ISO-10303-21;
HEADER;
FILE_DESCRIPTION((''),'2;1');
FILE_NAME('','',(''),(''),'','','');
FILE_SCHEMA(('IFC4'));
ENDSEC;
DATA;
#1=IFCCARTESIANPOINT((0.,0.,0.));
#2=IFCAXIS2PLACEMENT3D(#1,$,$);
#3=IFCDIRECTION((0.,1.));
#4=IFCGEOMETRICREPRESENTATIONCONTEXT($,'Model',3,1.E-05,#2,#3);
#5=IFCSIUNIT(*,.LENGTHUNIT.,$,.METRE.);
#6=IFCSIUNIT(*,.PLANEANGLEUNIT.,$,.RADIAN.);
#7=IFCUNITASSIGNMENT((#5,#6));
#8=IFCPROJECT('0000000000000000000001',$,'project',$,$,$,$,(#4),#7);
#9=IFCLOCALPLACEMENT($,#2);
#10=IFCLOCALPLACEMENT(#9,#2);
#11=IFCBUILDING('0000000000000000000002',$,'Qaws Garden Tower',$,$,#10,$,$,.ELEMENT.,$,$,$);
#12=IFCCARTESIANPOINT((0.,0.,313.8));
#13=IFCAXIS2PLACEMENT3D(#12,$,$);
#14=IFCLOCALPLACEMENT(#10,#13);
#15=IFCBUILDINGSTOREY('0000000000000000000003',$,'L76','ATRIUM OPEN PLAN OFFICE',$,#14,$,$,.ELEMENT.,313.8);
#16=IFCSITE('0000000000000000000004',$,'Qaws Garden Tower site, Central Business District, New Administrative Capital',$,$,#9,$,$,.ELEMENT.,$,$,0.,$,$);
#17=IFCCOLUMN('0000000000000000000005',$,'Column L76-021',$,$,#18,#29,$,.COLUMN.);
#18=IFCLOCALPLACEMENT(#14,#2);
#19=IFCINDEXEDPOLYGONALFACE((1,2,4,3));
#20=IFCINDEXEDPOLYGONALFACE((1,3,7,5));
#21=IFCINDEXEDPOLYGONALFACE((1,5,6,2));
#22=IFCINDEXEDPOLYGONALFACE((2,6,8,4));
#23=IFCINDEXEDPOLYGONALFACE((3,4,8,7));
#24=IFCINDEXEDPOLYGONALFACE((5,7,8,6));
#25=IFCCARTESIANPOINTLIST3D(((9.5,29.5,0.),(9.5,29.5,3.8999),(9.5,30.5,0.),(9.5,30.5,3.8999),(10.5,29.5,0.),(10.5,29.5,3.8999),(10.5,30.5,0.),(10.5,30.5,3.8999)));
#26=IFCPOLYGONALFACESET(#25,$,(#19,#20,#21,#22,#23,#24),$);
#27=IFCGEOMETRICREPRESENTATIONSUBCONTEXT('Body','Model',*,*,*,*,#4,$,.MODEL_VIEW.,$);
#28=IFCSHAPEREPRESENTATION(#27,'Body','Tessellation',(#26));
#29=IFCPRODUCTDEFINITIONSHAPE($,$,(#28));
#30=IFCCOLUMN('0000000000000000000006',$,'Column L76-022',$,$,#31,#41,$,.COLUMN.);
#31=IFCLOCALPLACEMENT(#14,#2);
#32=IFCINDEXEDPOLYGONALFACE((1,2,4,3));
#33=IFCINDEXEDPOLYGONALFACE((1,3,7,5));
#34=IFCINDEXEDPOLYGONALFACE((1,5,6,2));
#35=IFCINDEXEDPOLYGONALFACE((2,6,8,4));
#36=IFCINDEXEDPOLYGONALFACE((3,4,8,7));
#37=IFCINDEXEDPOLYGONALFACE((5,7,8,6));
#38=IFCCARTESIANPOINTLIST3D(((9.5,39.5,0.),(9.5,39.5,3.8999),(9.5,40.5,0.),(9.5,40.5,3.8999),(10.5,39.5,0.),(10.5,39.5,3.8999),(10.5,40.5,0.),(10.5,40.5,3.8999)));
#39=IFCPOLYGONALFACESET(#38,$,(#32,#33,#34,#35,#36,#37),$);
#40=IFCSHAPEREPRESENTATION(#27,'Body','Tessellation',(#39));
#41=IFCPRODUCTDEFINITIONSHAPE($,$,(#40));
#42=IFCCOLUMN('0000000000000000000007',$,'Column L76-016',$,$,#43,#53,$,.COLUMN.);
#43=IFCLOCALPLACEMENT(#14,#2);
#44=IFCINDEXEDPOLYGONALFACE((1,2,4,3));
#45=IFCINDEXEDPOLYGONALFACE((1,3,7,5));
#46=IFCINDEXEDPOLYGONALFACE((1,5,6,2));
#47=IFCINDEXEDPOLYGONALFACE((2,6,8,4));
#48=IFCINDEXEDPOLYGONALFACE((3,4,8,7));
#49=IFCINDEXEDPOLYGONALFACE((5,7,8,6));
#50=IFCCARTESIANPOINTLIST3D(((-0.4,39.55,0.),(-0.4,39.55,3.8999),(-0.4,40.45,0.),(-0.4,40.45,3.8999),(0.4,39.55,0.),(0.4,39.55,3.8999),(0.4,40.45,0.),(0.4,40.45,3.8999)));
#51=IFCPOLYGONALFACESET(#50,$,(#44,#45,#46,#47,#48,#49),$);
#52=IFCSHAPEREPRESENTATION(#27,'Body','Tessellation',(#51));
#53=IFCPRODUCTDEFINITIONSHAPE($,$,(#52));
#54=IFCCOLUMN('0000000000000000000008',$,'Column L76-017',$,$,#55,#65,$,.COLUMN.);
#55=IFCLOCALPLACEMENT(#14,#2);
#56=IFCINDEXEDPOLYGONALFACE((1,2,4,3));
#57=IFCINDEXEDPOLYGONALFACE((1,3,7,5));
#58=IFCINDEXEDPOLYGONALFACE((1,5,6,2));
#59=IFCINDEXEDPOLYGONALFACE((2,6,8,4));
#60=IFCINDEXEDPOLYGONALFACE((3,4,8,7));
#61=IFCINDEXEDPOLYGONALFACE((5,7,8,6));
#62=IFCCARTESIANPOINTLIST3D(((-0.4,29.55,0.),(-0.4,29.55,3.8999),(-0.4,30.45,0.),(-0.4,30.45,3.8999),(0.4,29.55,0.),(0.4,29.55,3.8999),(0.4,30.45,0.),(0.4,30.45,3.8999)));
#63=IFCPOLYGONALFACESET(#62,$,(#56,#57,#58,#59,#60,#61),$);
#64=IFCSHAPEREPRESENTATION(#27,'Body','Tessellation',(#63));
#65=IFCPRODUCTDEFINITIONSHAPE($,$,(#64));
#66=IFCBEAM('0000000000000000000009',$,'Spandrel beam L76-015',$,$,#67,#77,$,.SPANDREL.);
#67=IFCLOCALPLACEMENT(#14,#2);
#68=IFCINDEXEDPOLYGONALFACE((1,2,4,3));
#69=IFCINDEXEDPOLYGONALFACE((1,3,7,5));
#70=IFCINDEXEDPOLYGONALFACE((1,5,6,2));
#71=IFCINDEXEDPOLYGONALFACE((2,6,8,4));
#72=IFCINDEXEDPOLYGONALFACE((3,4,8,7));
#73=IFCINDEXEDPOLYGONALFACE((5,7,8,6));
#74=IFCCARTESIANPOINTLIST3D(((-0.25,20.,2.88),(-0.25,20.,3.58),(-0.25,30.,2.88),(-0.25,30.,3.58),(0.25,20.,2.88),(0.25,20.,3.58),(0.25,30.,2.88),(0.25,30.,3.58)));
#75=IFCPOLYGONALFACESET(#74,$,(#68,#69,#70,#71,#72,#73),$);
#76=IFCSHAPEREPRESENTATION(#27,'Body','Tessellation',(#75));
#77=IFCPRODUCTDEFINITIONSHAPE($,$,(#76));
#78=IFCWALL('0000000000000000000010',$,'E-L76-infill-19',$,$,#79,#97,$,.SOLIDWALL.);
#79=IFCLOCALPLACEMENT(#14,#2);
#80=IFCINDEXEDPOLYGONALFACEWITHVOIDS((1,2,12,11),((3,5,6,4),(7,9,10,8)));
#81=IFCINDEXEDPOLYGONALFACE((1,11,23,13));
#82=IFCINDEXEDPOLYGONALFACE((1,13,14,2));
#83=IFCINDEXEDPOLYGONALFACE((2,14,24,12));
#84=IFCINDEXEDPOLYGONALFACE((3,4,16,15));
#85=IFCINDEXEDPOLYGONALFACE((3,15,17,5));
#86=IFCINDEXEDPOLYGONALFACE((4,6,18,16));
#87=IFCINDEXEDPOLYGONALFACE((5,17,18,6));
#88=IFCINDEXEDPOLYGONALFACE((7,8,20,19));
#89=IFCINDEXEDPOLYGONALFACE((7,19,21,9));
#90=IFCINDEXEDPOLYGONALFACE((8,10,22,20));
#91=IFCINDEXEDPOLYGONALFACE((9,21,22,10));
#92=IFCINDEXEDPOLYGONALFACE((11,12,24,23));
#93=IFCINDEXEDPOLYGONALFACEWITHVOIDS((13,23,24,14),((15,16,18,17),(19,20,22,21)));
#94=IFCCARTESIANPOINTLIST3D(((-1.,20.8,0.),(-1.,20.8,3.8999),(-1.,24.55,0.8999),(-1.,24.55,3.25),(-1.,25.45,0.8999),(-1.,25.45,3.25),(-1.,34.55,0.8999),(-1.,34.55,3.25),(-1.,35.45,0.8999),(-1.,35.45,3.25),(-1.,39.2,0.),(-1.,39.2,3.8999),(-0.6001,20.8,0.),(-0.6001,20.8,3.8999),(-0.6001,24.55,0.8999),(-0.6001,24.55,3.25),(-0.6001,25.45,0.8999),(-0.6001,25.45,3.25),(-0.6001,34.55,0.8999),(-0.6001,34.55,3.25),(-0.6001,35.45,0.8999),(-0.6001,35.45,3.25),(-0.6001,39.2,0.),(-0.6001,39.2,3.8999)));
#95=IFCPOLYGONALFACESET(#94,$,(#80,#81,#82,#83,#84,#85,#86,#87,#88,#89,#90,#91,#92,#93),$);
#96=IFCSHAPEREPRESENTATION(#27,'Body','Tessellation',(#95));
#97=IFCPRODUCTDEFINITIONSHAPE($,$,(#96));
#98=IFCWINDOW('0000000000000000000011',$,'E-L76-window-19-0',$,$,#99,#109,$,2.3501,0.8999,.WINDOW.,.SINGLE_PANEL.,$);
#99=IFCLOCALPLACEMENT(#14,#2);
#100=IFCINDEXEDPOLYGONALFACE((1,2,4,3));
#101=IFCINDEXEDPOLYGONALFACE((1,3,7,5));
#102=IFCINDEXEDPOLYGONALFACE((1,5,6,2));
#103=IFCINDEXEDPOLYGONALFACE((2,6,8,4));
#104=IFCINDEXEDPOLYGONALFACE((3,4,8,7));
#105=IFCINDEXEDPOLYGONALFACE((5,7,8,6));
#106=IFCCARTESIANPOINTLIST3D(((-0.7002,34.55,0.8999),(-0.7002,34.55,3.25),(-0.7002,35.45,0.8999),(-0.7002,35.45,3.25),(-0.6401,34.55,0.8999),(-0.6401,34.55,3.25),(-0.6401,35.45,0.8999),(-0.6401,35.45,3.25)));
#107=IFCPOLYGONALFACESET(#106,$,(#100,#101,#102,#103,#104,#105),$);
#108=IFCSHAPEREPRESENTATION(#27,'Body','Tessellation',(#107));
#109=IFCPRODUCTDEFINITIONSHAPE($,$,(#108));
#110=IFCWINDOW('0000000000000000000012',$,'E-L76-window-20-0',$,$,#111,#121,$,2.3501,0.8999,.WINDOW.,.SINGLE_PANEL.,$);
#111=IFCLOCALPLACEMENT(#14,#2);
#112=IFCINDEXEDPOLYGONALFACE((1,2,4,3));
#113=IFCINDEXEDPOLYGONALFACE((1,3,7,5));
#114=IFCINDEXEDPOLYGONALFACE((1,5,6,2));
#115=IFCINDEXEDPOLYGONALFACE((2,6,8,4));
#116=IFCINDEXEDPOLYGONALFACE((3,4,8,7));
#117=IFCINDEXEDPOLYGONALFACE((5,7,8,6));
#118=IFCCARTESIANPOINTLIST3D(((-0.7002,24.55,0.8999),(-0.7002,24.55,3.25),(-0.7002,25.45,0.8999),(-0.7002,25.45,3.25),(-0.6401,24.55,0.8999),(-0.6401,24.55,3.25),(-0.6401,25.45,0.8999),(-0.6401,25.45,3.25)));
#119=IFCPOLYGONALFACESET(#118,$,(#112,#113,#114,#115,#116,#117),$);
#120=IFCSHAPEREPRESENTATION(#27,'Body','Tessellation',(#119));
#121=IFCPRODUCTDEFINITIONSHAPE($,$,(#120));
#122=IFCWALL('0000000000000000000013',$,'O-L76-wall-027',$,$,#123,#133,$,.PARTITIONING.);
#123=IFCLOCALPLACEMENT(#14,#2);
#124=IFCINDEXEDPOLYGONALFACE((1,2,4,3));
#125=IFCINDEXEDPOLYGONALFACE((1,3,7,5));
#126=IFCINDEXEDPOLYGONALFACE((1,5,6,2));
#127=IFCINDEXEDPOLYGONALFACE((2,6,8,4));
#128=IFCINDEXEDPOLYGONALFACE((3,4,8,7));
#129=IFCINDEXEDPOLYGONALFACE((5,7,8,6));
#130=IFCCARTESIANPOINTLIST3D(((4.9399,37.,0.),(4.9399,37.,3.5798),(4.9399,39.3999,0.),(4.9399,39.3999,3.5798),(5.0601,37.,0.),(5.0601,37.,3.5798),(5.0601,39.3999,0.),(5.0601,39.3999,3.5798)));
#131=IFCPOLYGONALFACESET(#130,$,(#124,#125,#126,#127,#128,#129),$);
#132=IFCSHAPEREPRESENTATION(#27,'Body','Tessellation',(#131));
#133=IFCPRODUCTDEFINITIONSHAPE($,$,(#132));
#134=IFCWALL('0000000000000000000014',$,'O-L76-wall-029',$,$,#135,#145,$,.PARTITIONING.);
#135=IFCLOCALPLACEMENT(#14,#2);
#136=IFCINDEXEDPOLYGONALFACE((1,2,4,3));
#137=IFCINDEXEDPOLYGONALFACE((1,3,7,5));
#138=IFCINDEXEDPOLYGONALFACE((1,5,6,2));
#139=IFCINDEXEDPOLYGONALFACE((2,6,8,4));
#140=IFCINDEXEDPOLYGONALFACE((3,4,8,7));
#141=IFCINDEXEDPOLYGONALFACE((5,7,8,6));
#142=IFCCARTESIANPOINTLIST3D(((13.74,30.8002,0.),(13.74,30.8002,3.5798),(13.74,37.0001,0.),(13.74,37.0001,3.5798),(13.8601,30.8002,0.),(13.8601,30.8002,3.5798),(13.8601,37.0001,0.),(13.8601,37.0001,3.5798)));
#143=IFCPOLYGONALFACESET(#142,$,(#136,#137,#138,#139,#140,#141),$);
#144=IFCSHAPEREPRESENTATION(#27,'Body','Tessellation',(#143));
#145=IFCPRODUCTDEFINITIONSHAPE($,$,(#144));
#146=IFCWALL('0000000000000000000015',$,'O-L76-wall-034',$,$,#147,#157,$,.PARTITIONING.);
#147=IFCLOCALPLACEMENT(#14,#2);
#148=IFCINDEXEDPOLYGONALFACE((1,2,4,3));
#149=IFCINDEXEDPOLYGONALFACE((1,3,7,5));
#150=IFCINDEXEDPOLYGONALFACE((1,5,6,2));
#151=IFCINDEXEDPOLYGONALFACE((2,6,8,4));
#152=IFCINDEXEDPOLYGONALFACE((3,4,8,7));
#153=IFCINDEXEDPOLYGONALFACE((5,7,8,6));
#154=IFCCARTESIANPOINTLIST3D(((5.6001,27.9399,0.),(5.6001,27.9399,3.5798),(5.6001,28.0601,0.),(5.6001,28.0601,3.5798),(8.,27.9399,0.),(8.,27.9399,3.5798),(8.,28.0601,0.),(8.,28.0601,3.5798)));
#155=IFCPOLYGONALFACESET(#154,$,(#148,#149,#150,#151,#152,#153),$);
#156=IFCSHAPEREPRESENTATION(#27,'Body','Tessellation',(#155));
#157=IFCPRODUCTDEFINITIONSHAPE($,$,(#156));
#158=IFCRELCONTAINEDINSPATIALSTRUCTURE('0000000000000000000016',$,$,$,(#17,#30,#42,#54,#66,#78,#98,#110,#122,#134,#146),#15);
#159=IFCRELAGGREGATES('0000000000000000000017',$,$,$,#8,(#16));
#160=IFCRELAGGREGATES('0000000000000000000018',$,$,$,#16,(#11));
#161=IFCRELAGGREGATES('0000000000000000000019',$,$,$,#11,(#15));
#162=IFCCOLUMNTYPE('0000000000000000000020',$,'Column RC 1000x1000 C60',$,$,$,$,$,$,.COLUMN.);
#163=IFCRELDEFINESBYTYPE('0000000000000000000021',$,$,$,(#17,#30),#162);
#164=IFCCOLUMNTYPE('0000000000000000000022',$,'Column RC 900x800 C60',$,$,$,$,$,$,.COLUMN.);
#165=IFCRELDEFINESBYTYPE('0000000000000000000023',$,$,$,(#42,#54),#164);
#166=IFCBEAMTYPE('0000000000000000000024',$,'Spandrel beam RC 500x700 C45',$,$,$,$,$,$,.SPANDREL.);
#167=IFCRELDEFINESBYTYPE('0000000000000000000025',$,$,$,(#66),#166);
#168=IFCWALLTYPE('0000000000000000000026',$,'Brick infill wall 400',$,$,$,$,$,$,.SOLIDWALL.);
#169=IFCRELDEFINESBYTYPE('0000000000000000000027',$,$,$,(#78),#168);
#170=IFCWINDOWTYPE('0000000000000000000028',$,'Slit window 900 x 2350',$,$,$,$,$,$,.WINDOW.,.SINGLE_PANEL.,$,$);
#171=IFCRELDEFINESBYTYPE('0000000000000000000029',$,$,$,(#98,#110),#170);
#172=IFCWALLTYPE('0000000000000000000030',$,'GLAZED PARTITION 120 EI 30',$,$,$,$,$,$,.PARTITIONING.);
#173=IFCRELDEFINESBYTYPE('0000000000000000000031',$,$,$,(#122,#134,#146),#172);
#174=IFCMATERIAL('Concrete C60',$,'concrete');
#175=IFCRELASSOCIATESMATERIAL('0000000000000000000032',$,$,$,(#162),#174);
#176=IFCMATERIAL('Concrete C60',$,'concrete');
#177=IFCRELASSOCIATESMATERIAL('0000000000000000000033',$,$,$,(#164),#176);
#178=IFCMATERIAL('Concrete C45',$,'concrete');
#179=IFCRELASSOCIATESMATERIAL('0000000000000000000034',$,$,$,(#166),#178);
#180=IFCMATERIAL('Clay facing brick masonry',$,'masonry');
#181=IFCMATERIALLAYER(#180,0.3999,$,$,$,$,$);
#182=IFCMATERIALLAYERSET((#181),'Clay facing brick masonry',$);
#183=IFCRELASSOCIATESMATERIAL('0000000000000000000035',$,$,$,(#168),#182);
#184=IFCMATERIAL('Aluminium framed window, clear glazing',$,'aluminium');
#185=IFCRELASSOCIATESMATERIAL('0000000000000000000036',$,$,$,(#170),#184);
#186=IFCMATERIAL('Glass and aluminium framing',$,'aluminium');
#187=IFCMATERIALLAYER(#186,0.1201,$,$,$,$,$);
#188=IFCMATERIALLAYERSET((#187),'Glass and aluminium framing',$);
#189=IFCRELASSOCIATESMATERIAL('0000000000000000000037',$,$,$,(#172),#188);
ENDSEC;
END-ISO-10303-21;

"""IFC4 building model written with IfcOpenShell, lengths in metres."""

from ifc_helpers import new_model, si_unit, direction, frame, frame_2d, origin, origin_2d, place, context, subcontext, project, spatial, rectangle, extrude, material, layer, layer_set, material_profile, profile_set, type_object, element, fill, save


model = new_model("IFC4")

# Units and contexts
model_context = context("Model", 3, precision=1e-05, world=origin(), true_north=direction((0.0, 1.0)))
body_context = subcontext(model_context, "Body", "Model", "MODEL_VIEW")
ifc_project = project(units=[si_unit("LENGTHUNIT", "METRE"), si_unit("PLANEANGLEUNIT", "RADIAN")], contexts=[model_context])

# Site, building, storey
site_placement = place(None, origin())
site = spatial("IfcSite", under=ifc_project, at=site_placement, Name="Qaws Garden Tower site, Central Business District, New Administrative Capital", CompositionType="ELEMENT", RefElevation=0.0)
building_placement = place(site_placement, origin())
building = spatial("IfcBuilding", under=site, at=building_placement, Name="Qaws Garden Tower", CompositionType="ELEMENT")
storey_placement = place(building_placement, frame((0.0, 0.0, 313.8)))
storey = spatial("IfcBuildingStorey", under=building, at=storey_placement, Name="L76", Description="ATRIUM OPEN PLAN OFFICE", CompositionType="ELEMENT", Elevation=313.8)

# Columns
ifc_material_1 = material(Name="Concrete C60", Category="concrete")
ifc_material_profile_1 = material_profile(ifc_material_1, rectangle(XDim=1.0, YDim=1.0, at=origin_2d()), Name="RC 1000x1000")
ifc_profile_set_1 = profile_set([ifc_material_profile_1], Name="Concrete C60")
column_type_1 = type_object("IfcColumnType", Name="Column RC 1000x1000 C60", PredefinedType="COLUMN", material=ifc_profile_set_1)
for number, where, z_axis, x_axis, name in (
    (1, (10.0, 30.0, 0.0), (0.0, 0.0, 1.0), (1.0, 0.0, 0.0), "Column L76-021"),
    (2, (10.0, 40.0, 0.0), (0.0, 0.0, 1.0), (1.0, 0.0, 0.0), "Column L76-022"),
):
    element("IfcColumn", number, at=place(storey_placement, frame(where, z_axis=z_axis, x_axis=x_axis)), inside=storey, type_object=column_type_1, Name=name, PredefinedType="COLUMN", context=body_context, shape_type="SweptSolid", body=[
        extrude(rectangle(XDim=1.0, YDim=1.0, at=origin_2d()), origin(), (0.0, 0.0, 1.0), 3.8999),
    ])
ifc_material_2 = material(Name="Concrete C60", Category="concrete")
ifc_material_profile_2 = material_profile(ifc_material_2, rectangle(XDim=0.8999, YDim=0.8, at=origin_2d()), Name="RC 900x800")
ifc_profile_set_2 = profile_set([ifc_material_profile_2], Name="Concrete C60")
column_type_2 = type_object("IfcColumnType", Name="Column RC 900x800 C60", PredefinedType="COLUMN", material=ifc_profile_set_2)
for number, where, z_axis, x_axis, name in (
    (3, (0.0, 40.0, 0.0), (0.0, 0.0, 1.0), (0.0, 1.0, 0.0), "Column L76-016"),
    (4, (0.0, 30.0, 0.0), (0.0, 0.0, 1.0), (0.0, 1.0, 0.0), "Column L76-017"),
):
    element("IfcColumn", number, at=place(storey_placement, frame(where, z_axis=z_axis, x_axis=x_axis)), inside=storey, type_object=column_type_2, Name=name, PredefinedType="COLUMN", context=body_context, shape_type="SweptSolid", body=[
        extrude(rectangle(XDim=0.8999, YDim=0.8, at=origin_2d()), origin(), (0.0, 0.0, 1.0), 3.8999),
    ])

# Beam
ifc_material_3 = material(Name="Concrete C45", Category="concrete")
ifc_material_profile_3 = material_profile(ifc_material_3, rectangle(XDim=0.5, YDim=0.7, at=origin_2d()), Name="RC 500x700")
ifc_profile_set_3 = profile_set([ifc_material_profile_3], Name="Concrete C45")
beam_type = type_object("IfcBeamType", Name="Spandrel beam RC 500x700 C45", PredefinedType="SPANDREL", material=ifc_profile_set_3)
beam_placement = place(storey_placement, frame((0.0, 30.0, 3.23), z_axis=(0.0, -1.0, 0.0), x_axis=(1.0, 0.0, 0.0)))
element("IfcBeam", 5, at=beam_placement, inside=storey, type_object=beam_type, Name="Spandrel beam L76-015", PredefinedType="SPANDREL", context=body_context, shape_type="SweptSolid", body=[
    extrude(rectangle(XDim=0.5, YDim=0.7, at=origin_2d()), origin(), (0.0, 0.0, 1.0), 10.0),
])

# Wall, openings, windows
ifc_material_4 = material(Name="Clay facing brick masonry", Category="masonry")
ifc_layer_1 = layer(ifc_material_4, 0.3999)
ifc_layer_set_1 = layer_set([ifc_layer_1], Name="Clay facing brick masonry")
wall_type_1 = type_object("IfcWallType", Name="Brick infill wall 400", PredefinedType="SOLIDWALL", material=ifc_layer_set_1)
wall_1_placement = place(storey_placement, frame((-0.8, 39.2, 0.0), z_axis=(0.0, 0.0, 1.0), x_axis=(0.0, -1.0, 0.0)))
wall_1 = element("IfcWall", 6, at=wall_1_placement, inside=storey, type_object=wall_type_1, Name="E-L76-infill-19", PredefinedType="SOLIDWALL", context=body_context, shape_type="SweptSolid", body=[
    extrude(rectangle(XDim=18.3999, YDim=0.3999, at=frame_2d((9.2, 0.0))), origin(), (0.0, 0.0, 1.0), 3.8999),
])
opening_1_placement = place(wall_1_placement, frame((3.75, 0.0, 0.8999)))
opening_1 = element("IfcOpeningElement", 7, at=opening_1_placement, cuts=wall_1, PredefinedType="OPENING", context=body_context, shape_type="SweptSolid", body=[
    extrude(rectangle(XDim=0.8999, YDim=2.3501, at=frame_2d((0.45, 1.175))), frame((0.0, 0.21, 0.0), z_axis=(0.0, -1.0, 0.0), x_axis=(1.0, 0.0, 0.0)), (0.0, 0.0, 1.0), 0.4199),
])
opening_2_placement = place(wall_1_placement, frame((13.75, 0.0, 0.8999)))
opening_2 = element("IfcOpeningElement", 8, at=opening_2_placement, cuts=wall_1, PredefinedType="OPENING", context=body_context, shape_type="SweptSolid", body=[
    extrude(rectangle(XDim=0.8999, YDim=2.3501, at=frame_2d((0.45, 1.175))), frame((0.0, 0.21, 0.0), z_axis=(0.0, -1.0, 0.0), x_axis=(1.0, 0.0, 0.0)), (0.0, 0.0, 1.0), 0.4199),
])
ifc_material_5 = material(Name="Aluminium framed window, clear glazing", Category="aluminium")
window_type = type_object("IfcWindowType", Name="Slit window 900 x 2350", PartitioningType="SINGLE_PANEL", PredefinedType="WINDOW", material=ifc_material_5)
window_1_placement = place(opening_1_placement, origin())
window_1 = element("IfcWindow", 9, at=window_1_placement, inside=storey, type_object=window_type, Name="E-L76-window-19-0", OverallHeight=2.3501, OverallWidth=0.8999, PartitioningType="SINGLE_PANEL", PredefinedType="WINDOW", context=body_context, shape_type="SweptSolid", body=[
    extrude(rectangle(XDim=0.8999, YDim=2.3501, at=frame_2d((0.45, 1.175))), frame((0.0, 0.1599, 0.0), z_axis=(0.0, -1.0, 0.0), x_axis=(1.0, 0.0, 0.0)), (0.0, 0.0, 1.0), 0.0601),
])
fill(opening_1, window_1)
window_2_placement = place(opening_2_placement, origin())
window_2 = element("IfcWindow", 10, at=window_2_placement, inside=storey, type_object=window_type, Name="E-L76-window-20-0", OverallHeight=2.3501, OverallWidth=0.8999, PartitioningType="SINGLE_PANEL", PredefinedType="WINDOW", context=body_context, shape_type="SweptSolid", body=[
    extrude(rectangle(XDim=0.8999, YDim=2.3501, at=frame_2d((0.45, 1.175))), frame((0.0, 0.1599, 0.0), z_axis=(0.0, -1.0, 0.0), x_axis=(1.0, 0.0, 0.0)), (0.0, 0.0, 1.0), 0.0601),
])
fill(opening_2, window_2)

# Walls
ifc_material_6 = material(Name="Glass and aluminium framing", Category="aluminium")
ifc_layer_2 = layer(ifc_material_6, 0.1201)
ifc_layer_set_2 = layer_set([ifc_layer_2], Name="Glass and aluminium framing")
wall_type_2 = type_object("IfcWallType", Name="GLAZED PARTITION 120 EI 30", PredefinedType="PARTITIONING", material=ifc_layer_set_2)
wall_2_placement = place(storey_placement, frame((5.0, 37.0, 0.0), z_axis=(0.0, 0.0, 1.0), x_axis=(0.0, 1.0, 0.0)))
element("IfcWall", 11, at=wall_2_placement, inside=storey, type_object=wall_type_2, Name="O-L76-wall-027", PredefinedType="PARTITIONING", context=body_context, shape_type="SweptSolid", body=[
    extrude(rectangle(XDim=2.3999, YDim=0.1201, at=frame_2d((1.2, 0.0))), origin(), (0.0, 0.0, 1.0), 3.5798),
])
wall_3_placement = place(storey_placement, frame((13.8, 30.8, 0.0), z_axis=(0.0, 0.0, 1.0), x_axis=(0.0, 1.0, 0.0)))
element("IfcWall", 12, at=wall_3_placement, inside=storey, type_object=wall_type_2, Name="O-L76-wall-029", PredefinedType="PARTITIONING", context=body_context, shape_type="SweptSolid", body=[
    extrude(rectangle(XDim=6.2, YDim=0.1201, at=frame_2d((3.1001, 0.0))), origin(), (0.0, 0.0, 1.0), 3.5798),
])
wall_4_placement = place(storey_placement, frame((5.6001, 28.0, 0.0), z_axis=(0.0, 0.0, 1.0), x_axis=(1.0, 0.0, 0.0)))
element("IfcWall", 13, at=wall_4_placement, inside=storey, type_object=wall_type_2, Name="O-L76-wall-034", PredefinedType="PARTITIONING", context=body_context, shape_type="SweptSolid", body=[
    extrude(rectangle(XDim=2.3999, YDim=0.1201, at=frame_2d((1.2, 0.0))), origin(), (0.0, 0.0, 1.0), 3.5798),
])

save(model, "model.ifc")
